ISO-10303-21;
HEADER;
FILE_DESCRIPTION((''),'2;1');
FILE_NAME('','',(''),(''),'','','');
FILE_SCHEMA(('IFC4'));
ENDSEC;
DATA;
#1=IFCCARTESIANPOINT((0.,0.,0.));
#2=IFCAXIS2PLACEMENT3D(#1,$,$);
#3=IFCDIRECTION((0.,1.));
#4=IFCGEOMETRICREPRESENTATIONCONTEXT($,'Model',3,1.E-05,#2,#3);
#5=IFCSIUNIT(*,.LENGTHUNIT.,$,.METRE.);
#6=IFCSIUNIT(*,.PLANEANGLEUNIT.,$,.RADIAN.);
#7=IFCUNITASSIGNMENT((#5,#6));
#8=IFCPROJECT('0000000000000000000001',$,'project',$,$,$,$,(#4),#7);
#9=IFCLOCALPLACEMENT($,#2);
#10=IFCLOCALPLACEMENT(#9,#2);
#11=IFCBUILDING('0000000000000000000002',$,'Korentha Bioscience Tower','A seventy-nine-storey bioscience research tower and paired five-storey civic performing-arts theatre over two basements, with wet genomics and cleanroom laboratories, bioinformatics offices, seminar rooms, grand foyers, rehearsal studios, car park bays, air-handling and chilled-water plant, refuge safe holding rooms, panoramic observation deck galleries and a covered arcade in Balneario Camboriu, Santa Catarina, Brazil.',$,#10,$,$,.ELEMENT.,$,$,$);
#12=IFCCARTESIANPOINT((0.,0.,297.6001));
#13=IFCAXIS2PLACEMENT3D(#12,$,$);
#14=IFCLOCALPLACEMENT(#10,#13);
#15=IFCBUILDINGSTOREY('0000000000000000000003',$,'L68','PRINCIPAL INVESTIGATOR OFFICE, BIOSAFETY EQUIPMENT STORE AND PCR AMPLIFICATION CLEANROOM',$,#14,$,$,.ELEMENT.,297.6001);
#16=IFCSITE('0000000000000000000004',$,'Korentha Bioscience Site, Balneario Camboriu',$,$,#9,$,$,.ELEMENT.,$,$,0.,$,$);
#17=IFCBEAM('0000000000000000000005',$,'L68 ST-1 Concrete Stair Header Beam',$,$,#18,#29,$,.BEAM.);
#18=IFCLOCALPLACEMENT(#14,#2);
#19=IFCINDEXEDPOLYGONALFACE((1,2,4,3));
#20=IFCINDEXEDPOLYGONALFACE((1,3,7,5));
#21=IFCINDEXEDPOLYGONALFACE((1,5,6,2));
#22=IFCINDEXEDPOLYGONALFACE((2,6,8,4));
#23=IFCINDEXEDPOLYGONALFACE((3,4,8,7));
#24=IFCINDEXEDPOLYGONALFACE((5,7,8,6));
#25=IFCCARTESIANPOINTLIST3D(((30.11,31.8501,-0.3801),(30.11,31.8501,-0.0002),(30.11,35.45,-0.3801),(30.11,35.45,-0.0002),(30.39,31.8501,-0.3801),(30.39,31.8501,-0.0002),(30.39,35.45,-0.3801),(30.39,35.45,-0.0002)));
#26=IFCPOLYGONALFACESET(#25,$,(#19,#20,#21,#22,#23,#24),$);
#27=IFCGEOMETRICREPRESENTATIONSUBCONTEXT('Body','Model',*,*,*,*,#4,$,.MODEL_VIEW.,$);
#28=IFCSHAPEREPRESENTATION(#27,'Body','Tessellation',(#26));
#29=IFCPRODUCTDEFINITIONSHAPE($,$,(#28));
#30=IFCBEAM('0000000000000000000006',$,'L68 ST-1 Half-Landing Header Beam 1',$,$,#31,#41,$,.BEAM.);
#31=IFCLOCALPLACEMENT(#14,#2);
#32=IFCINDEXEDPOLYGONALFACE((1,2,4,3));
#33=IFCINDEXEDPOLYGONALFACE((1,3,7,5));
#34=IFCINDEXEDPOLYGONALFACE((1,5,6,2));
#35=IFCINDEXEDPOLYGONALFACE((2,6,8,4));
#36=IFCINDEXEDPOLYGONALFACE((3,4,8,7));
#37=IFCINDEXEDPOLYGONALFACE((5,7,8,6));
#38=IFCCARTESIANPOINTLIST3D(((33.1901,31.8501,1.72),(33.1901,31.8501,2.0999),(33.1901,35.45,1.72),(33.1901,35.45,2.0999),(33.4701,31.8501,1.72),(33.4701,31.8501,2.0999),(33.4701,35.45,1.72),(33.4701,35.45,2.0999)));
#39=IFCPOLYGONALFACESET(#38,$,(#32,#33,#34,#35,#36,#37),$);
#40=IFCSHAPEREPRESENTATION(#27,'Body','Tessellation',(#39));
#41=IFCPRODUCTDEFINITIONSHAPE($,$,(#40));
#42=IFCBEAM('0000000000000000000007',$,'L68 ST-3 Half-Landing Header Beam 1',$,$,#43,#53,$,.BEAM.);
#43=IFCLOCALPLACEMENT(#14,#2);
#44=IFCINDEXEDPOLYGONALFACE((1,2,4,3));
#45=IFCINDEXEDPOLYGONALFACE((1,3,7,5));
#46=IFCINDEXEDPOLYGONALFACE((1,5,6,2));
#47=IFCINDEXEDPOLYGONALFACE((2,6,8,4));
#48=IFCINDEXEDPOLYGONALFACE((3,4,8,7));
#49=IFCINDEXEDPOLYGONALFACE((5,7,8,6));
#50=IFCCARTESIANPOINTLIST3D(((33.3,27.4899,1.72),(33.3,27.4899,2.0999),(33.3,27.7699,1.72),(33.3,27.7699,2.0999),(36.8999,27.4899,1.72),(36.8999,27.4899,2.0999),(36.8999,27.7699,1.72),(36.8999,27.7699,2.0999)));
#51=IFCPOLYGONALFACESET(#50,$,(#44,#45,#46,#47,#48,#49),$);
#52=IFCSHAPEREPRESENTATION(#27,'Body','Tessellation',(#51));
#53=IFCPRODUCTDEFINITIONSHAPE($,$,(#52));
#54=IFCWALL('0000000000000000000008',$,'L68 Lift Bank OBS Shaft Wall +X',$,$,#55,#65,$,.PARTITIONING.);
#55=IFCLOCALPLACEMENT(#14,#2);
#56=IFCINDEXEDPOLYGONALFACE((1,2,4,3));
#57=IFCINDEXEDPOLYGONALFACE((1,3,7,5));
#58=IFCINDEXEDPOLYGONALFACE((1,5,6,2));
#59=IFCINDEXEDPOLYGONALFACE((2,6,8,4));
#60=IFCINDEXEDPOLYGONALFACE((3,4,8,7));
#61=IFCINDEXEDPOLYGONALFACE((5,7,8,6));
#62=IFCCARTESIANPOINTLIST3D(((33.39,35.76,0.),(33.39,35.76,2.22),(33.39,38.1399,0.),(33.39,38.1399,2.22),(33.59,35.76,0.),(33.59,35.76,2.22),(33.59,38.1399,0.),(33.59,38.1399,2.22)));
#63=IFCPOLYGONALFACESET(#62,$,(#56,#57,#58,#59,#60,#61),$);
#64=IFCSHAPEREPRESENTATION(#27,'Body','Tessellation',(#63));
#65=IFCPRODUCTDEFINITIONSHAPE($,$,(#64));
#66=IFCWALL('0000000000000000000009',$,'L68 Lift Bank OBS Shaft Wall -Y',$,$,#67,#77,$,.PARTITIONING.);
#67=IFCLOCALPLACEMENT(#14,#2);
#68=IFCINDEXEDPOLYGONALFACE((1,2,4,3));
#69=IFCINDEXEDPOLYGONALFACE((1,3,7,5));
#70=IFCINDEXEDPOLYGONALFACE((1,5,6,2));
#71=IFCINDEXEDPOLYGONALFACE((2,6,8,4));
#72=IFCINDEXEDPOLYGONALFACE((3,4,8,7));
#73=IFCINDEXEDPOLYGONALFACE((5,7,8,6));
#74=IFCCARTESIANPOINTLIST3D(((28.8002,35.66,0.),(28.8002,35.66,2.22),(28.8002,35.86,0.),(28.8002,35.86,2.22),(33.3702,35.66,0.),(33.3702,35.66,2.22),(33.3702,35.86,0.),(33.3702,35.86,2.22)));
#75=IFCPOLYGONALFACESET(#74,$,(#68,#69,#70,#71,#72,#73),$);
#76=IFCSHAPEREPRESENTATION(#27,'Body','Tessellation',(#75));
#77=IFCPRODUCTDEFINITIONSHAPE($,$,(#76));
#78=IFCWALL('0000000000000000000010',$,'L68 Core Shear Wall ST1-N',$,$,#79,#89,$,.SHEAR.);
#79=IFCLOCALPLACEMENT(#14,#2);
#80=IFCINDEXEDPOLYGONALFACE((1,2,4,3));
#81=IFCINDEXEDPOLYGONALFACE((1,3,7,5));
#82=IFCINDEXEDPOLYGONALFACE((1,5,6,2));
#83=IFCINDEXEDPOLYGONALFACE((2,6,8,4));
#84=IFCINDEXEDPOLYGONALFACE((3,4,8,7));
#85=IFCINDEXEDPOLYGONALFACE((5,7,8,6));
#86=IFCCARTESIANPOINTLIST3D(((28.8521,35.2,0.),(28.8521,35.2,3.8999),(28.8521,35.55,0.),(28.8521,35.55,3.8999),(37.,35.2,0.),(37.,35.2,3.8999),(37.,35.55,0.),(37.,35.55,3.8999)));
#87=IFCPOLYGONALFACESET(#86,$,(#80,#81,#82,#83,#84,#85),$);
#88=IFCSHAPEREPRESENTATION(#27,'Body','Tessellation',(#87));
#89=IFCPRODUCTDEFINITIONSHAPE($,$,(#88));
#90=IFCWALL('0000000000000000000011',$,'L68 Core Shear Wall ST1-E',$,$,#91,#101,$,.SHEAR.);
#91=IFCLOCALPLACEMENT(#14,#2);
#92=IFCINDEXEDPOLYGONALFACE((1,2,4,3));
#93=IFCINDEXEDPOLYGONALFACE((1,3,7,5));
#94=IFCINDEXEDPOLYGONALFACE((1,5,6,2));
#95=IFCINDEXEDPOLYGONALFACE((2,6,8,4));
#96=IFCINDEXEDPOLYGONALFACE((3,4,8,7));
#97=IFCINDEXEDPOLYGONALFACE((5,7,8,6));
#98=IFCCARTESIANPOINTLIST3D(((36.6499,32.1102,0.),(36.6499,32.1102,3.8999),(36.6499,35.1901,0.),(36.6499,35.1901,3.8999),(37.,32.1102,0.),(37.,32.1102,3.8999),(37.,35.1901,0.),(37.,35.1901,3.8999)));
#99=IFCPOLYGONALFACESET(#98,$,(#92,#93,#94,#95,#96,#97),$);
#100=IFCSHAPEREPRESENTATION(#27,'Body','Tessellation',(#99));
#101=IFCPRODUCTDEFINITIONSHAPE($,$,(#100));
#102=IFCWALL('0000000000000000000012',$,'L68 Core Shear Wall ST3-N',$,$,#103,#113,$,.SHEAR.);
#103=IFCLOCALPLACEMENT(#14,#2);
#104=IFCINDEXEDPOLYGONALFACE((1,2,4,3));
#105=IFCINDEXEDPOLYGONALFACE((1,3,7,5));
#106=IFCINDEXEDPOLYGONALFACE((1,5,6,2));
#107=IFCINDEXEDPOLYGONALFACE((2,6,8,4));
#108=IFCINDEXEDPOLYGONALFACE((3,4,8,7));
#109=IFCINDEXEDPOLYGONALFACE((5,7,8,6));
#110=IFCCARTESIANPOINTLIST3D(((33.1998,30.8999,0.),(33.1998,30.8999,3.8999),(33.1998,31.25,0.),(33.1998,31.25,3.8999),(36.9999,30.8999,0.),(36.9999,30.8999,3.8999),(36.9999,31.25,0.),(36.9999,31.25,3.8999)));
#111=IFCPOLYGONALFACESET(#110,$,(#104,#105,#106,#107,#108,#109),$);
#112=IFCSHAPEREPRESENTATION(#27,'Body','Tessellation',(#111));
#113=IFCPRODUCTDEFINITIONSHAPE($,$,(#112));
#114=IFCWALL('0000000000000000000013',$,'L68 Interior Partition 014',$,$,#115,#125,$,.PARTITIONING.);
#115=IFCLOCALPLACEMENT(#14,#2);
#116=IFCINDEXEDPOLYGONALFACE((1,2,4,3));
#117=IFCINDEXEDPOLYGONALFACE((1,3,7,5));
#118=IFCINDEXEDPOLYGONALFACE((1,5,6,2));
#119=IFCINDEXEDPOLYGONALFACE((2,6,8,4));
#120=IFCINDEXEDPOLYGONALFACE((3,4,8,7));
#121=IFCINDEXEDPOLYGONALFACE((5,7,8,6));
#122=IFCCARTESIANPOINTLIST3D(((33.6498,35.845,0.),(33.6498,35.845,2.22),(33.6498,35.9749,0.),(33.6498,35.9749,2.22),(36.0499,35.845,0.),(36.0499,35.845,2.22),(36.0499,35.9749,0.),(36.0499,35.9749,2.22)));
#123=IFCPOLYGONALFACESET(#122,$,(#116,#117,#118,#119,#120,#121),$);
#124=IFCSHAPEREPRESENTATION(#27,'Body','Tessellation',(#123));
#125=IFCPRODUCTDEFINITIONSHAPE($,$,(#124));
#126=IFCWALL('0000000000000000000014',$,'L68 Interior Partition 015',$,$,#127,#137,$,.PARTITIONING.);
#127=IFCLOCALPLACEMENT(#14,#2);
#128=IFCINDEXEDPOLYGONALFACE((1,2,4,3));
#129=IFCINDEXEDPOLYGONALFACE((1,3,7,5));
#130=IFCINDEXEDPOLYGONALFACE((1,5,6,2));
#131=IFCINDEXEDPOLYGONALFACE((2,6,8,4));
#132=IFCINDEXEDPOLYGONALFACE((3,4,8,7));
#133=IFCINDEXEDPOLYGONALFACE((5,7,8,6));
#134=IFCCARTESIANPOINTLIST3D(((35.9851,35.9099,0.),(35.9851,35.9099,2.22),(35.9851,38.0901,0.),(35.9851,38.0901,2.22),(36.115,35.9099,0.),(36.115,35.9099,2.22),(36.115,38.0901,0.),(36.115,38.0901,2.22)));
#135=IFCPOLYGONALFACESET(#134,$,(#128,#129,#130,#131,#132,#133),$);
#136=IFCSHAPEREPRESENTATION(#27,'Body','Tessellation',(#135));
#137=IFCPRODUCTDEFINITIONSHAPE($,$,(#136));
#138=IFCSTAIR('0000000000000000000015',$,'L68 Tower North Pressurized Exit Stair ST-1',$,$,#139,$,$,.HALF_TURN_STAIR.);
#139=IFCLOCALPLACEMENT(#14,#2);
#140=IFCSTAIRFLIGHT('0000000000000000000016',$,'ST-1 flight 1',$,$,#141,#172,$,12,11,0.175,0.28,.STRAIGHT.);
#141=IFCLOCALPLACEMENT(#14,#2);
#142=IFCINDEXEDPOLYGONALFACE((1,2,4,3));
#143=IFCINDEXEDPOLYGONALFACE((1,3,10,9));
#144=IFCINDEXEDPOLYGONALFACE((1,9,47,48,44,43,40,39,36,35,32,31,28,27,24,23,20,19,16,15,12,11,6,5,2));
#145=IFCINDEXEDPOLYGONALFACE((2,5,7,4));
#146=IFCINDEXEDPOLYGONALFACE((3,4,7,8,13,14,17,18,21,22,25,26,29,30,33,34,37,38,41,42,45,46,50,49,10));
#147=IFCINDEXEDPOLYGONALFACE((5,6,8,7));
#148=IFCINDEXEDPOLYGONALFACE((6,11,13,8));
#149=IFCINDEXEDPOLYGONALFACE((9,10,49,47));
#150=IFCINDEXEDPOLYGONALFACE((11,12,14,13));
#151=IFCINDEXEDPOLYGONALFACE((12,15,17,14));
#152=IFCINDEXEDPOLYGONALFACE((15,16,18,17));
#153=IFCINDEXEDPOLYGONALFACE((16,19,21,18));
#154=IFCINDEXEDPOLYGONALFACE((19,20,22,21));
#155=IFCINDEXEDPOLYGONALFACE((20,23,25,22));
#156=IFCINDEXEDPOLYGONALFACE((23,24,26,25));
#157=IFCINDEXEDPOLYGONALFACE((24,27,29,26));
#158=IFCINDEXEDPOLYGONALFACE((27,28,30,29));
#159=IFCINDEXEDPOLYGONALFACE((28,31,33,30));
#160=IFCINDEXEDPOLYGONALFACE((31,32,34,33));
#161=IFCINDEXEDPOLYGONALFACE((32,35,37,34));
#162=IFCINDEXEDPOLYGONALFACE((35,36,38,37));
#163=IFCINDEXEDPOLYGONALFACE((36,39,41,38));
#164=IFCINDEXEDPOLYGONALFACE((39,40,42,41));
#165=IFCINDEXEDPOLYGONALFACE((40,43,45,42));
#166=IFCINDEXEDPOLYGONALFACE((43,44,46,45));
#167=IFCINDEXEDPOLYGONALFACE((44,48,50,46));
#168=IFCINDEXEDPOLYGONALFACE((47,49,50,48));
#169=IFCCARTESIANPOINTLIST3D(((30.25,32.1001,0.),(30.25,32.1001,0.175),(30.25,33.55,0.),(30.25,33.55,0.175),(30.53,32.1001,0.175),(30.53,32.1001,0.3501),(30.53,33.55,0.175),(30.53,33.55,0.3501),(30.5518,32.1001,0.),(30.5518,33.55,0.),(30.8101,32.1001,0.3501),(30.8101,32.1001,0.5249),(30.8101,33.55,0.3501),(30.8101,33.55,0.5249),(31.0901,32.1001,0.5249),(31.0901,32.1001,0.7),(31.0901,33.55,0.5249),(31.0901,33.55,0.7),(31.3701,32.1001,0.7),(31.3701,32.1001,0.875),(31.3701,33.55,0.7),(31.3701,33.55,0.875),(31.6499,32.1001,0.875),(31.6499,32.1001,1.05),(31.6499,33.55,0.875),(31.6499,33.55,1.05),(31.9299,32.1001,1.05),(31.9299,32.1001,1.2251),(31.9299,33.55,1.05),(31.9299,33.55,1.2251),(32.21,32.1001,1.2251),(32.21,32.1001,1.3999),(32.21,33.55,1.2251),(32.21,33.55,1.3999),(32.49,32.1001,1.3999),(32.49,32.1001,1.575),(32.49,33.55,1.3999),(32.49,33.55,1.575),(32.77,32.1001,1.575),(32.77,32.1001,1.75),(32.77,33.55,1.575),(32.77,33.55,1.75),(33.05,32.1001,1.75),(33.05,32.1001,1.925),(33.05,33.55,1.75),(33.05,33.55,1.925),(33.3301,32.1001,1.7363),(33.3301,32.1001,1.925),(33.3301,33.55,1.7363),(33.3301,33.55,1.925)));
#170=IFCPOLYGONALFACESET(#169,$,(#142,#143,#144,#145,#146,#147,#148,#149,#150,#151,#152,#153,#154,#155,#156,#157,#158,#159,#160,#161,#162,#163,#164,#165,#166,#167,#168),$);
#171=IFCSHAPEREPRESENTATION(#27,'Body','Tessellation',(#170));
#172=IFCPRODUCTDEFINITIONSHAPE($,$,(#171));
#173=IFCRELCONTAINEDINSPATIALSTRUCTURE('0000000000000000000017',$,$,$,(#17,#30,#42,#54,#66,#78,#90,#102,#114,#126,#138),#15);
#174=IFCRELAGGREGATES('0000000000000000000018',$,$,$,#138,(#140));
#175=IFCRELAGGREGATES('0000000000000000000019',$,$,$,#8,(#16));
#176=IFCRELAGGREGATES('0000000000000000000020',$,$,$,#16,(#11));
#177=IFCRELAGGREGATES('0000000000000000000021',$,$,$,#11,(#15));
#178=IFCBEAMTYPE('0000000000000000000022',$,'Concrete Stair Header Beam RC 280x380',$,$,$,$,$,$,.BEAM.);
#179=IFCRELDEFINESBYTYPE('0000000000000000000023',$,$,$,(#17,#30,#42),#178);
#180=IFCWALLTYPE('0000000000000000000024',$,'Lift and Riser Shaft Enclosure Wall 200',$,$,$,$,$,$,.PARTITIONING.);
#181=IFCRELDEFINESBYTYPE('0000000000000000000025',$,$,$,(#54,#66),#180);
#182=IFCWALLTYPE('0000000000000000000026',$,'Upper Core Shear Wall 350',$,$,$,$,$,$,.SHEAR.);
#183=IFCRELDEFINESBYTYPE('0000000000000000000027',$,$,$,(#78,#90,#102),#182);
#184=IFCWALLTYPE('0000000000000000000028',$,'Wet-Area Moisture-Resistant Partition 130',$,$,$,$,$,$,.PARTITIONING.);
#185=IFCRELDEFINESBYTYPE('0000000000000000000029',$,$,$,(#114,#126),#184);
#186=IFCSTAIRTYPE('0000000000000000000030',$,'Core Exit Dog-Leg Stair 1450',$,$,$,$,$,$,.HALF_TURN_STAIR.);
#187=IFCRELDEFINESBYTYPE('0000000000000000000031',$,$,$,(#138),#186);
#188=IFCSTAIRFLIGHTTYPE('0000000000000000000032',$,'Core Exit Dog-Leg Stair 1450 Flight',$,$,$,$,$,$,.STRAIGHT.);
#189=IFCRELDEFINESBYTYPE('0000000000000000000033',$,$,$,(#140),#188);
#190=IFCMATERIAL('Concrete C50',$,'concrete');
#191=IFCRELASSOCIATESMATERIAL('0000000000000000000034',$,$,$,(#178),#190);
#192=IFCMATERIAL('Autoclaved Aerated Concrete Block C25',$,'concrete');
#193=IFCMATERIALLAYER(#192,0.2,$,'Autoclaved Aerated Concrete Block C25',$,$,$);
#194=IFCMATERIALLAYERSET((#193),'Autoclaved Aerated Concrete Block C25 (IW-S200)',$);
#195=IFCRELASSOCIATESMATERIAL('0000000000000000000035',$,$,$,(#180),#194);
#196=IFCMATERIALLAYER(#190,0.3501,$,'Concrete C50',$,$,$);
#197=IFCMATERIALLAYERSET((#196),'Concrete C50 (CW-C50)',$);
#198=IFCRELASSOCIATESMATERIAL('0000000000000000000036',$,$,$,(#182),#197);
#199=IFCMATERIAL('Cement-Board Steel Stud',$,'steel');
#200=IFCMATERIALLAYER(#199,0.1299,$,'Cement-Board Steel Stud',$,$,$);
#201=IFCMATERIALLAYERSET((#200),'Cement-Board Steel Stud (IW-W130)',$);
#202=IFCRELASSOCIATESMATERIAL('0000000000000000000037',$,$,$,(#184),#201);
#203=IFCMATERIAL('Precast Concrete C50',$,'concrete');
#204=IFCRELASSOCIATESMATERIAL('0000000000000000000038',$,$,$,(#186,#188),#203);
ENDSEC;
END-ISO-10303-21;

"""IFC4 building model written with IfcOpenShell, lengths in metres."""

from ifc_helpers import new_model, si_unit, direction, frame, frame_2d, origin, origin_2d, place, context, subcontext, project, spatial, polyline, rectangle, outline, extrude, material, layer, layer_set, material_profile, profile_set, type_object, element, aggregate, save


model = new_model("IFC4")

# Units and contexts
model_context = context("Model", 3, precision=1e-05, world=origin(), true_north=direction((0.0, 1.0)))
body_context = subcontext(model_context, "Body", "Model", "MODEL_VIEW")
ifc_project = project(units=[si_unit("LENGTHUNIT", "METRE"), si_unit("PLANEANGLEUNIT", "RADIAN")], contexts=[model_context])

# Site, building, storey
site_placement = place(None, origin())
site = spatial("IfcSite", under=ifc_project, at=site_placement, Name="Korentha Bioscience Site, Balneario Camboriu", CompositionType="ELEMENT", RefElevation=0.0)
building_placement = place(site_placement, origin())
building = spatial("IfcBuilding", under=site, at=building_placement, Name="Korentha Bioscience Tower", Description="A seventy-nine-storey bioscience research tower and paired five-storey civic performing-arts theatre over two basements, with wet genomics and cleanroom laboratories, bioinformatics offices, seminar rooms, grand foyers, rehearsal studios, car park bays, air-handling and chilled-water plant, refuge safe holding rooms, panoramic observation deck galleries and a covered arcade in Balneario Camboriu, Santa Catarina, Brazil.", CompositionType="ELEMENT")
storey_placement = place(building_placement, frame((0.0, 0.0, 297.6001)))
storey = spatial("IfcBuildingStorey", under=building, at=storey_placement, Name="L68", Description="PRINCIPAL INVESTIGATOR OFFICE, BIOSAFETY EQUIPMENT STORE AND PCR AMPLIFICATION CLEANROOM", CompositionType="ELEMENT", Elevation=297.6001)

# Beams
ifc_material_1 = material(Name="Concrete C50", Category="concrete")
ifc_material_profile = material_profile(ifc_material_1, rectangle(XDim=0.28, YDim=0.3799, at=origin_2d()), Name="Concrete C50")
ifc_profile_set = profile_set([ifc_material_profile], Name="Concrete C50 (ST-HB380)")
beam_type = type_object("IfcBeamType", Name="Concrete Stair Header Beam RC 280x380", PredefinedType="BEAM", material=ifc_profile_set)
for number, where, z_axis, x_axis, name in (
    (1, (30.25, 31.8501, -0.1902), (0.0, 1.0, 0.0), (-1.0, 0.0, 0.0), "L68 ST-1 Concrete Stair Header Beam"),
    (2, (33.3301, 31.8501, 1.9099), (0.0, 1.0, 0.0), (-1.0, 0.0, 0.0), "L68 ST-1 Half-Landing Header Beam 1"),
    (3, (36.8999, 27.6299, 1.9099), (-1.0, 0.0, 0.0), (0.0, -1.0, 0.0), "L68 ST-3 Half-Landing Header Beam 1"),
):
    element("IfcBeam", number, at=place(storey_placement, frame(where, z_axis=z_axis, x_axis=x_axis)), inside=storey, type_object=beam_type, Name=name, PredefinedType="BEAM", context=body_context, shape_type="SweptSolid", body=[
        extrude(rectangle(XDim=0.28, YDim=0.3799, at=origin_2d()), origin(), (0.0, 0.0, 1.0), 3.5999),
    ])

# Walls
ifc_material_2 = material(Name="Autoclaved Aerated Concrete Block C25", Category="concrete")
ifc_layer_1 = layer(ifc_material_2, 0.2, Name="Autoclaved Aerated Concrete Block C25")
ifc_layer_set_1 = layer_set([ifc_layer_1], Name="Autoclaved Aerated Concrete Block C25 (IW-S200)")
wall_type_1 = type_object("IfcWallType", Name="Lift and Riser Shaft Enclosure Wall 200", PredefinedType="PARTITIONING", material=ifc_layer_set_1)
wall_1_placement = place(storey_placement, frame((33.49, 35.76, 0.0), z_axis=(0.0, 0.0, 1.0), x_axis=(0.0, 1.0, 0.0)))
element("IfcWall", 4, at=wall_1_placement, inside=storey, type_object=wall_type_1, Name="L68 Lift Bank OBS Shaft Wall +X", PredefinedType="PARTITIONING", context=body_context, shape_type="SweptSolid", body=[
    extrude(rectangle(XDim=2.3799, YDim=0.2, at=frame_2d((1.1899, 0.0))), origin(), (0.0, 0.0, 1.0), 2.22),
])
wall_2_placement = place(storey_placement, frame((28.8, 35.76, 0.0), z_axis=(0.0, 0.0, 1.0), x_axis=(1.0, 0.0, 0.0)))
element("IfcWall", 5, at=wall_2_placement, inside=storey, type_object=wall_type_1, Name="L68 Lift Bank OBS Shaft Wall -Y", PredefinedType="PARTITIONING", context=body_context, shape_type="SweptSolid", body=[
    extrude(rectangle(XDim=4.5701, YDim=0.2, at=frame_2d((2.2852, 0.0))), origin(), (0.0, 0.0, 1.0), 2.22),
])
ifc_layer_2 = layer(ifc_material_1, 0.3501, Name="Concrete C50")
ifc_layer_set_2 = layer_set([ifc_layer_2], Name="Concrete C50 (CW-C50)")
wall_type_2 = type_object("IfcWallType", Name="Upper Core Shear Wall 350", PredefinedType="SHEAR", material=ifc_layer_set_2)
wall_3_placement = place(storey_placement, frame((28.8521, 35.375, 0.0), z_axis=(0.0, 0.0, 1.0), x_axis=(1.0, 0.0, 0.0)))
element("IfcWall", 6, at=wall_3_placement, inside=storey, type_object=wall_type_2, Name="L68 Core Shear Wall ST1-N", PredefinedType="SHEAR", context=body_context, shape_type="SweptSolid", body=[
    extrude(rectangle(XDim=8.1479, YDim=0.3501, at=frame_2d((4.074, 0.0))), origin(), (0.0, 0.0, 1.0), 3.8999),
])
wall_4_placement = place(storey_placement, frame((36.825, 32.1101, 0.0), z_axis=(0.0, 0.0, 1.0), x_axis=(0.0, 1.0, 0.0)))
element("IfcWall", 7, at=wall_4_placement, inside=storey, type_object=wall_type_2, Name="L68 Core Shear Wall ST1-E", PredefinedType="SHEAR", context=body_context, shape_type="SweptSolid", body=[
    extrude(rectangle(XDim=3.0798, YDim=0.3501, at=frame_2d((1.54, 0.0))), origin(), (0.0, 0.0, 1.0), 3.8999),
])
wall_5_placement = place(storey_placement, frame((33.2, 31.075, 0.0), z_axis=(0.0, 0.0, 1.0), x_axis=(1.0, 0.0, 0.0)))
element("IfcWall", 8, at=wall_5_placement, inside=storey, type_object=wall_type_2, Name="L68 Core Shear Wall ST3-N", PredefinedType="SHEAR", context=body_context, shape_type="SweptSolid", body=[
    extrude(rectangle(XDim=3.8, YDim=0.3501, at=frame_2d((1.8999, 0.0))), origin(), (0.0, 0.0, 1.0), 3.8999),
])

# Shared definitions
ifc_material_3 = material(Name="Cement-Board Steel Stud", Category="steel")
ifc_layer_3 = layer(ifc_material_3, 0.1299, Name="Cement-Board Steel Stud")
ifc_layer_set_3 = layer_set([ifc_layer_3], Name="Cement-Board Steel Stud (IW-W130)")
wall_type_3 = type_object("IfcWallType", Name="Wet-Area Moisture-Resistant Partition 130", PredefinedType="PARTITIONING", material=ifc_layer_set_3)

# Walls
wall_6_placement = place(storey_placement, frame((36.05, 35.9099, 0.0), z_axis=(0.0, 0.0, 1.0), x_axis=(-1.0, 0.0, 0.0)))
element("IfcWall", 9, at=wall_6_placement, inside=storey, type_object=wall_type_3, Name="L68 Interior Partition 014", PredefinedType="PARTITIONING", context=body_context, shape_type="SweptSolid", body=[
    extrude(rectangle(XDim=2.4001, YDim=0.1299, at=frame_2d((1.2002, 0.0))), origin(), (0.0, 0.0, 1.0), 2.22),
])
wall_7_placement = place(storey_placement, frame((36.05, 38.0901, 0.0), z_axis=(0.0, 0.0, 1.0), x_axis=(0.0, -1.0, 0.0)))
element("IfcWall", 10, at=wall_7_placement, inside=storey, type_object=wall_type_3, Name="L68 Interior Partition 015", PredefinedType="PARTITIONING", context=body_context, shape_type="SweptSolid", body=[
    extrude(rectangle(XDim=2.1802, YDim=0.1299, at=frame_2d((1.0901, 0.0))), origin(), (0.0, 0.0, 1.0), 2.22),
])

# Stair, stair flight
ifc_material_4 = material(Name="Precast Concrete C50", Category="concrete")
stair_type = type_object("IfcStairType", Name="Core Exit Dog-Leg Stair 1450", PredefinedType="HALF_TURN_STAIR", material=ifc_material_4)
stair_placement = place(storey_placement, origin())
stair = element("IfcStair", 11, at=stair_placement, inside=storey, type_object=stair_type, Name="L68 Tower North Pressurized Exit Stair ST-1", PredefinedType="HALF_TURN_STAIR")
stair_flight_type = type_object("IfcStairFlightType", Name="Core Exit Dog-Leg Stair 1450 Flight", PredefinedType="STRAIGHT", material=ifc_material_4)
stair_flight_1_placement = place(storey_placement, frame((30.25, 32.825, 0.0), z_axis=(0.0, 0.0, 1.0), x_axis=(1.0, 0.0, 0.0)))
stair_flight_1 = element("IfcStairFlight", 12, at=stair_flight_1_placement, type_object=stair_flight_type, Name="ST-1 flight 1", NumberOfRisers=12, NumberOfTreads=11, PredefinedType="STRAIGHT", RiserHeight=0.175, TreadLength=0.28, context=body_context, shape_type="SweptSolid", body=[
    extrude(outline(polyline([(0.0, 0.0), (0.0, 0.175), (0.28, 0.175), (0.28, 0.3501), (0.5601, 0.3501), (0.5601, 0.5249), (0.8401, 0.5249), (0.8401, 0.7), (1.1201, 0.7), (1.1201, 0.875), (1.3999, 0.875), (1.3999, 1.05), (1.6799, 1.05), (1.6799, 1.2251), (1.96, 1.2251), (1.96, 1.3999), (2.24, 1.3999), (2.24, 1.575), (2.52, 1.575), (2.52, 1.75), (2.8, 1.75), (2.8, 1.925), (3.0801, 1.925), (3.0801, 2.1001), (3.0801, 1.7363), (0.3018, 0.0), (0.0, 0.0)])), frame((0.0, 0.7251, 0.0), z_axis=(0.0, -1.0, 0.0), x_axis=(1.0, 0.0, 0.0)), (0.0, 0.0, 1.0), 1.45),
])
aggregate(stair, [stair_flight_1])

save(model, "model.ifc")
